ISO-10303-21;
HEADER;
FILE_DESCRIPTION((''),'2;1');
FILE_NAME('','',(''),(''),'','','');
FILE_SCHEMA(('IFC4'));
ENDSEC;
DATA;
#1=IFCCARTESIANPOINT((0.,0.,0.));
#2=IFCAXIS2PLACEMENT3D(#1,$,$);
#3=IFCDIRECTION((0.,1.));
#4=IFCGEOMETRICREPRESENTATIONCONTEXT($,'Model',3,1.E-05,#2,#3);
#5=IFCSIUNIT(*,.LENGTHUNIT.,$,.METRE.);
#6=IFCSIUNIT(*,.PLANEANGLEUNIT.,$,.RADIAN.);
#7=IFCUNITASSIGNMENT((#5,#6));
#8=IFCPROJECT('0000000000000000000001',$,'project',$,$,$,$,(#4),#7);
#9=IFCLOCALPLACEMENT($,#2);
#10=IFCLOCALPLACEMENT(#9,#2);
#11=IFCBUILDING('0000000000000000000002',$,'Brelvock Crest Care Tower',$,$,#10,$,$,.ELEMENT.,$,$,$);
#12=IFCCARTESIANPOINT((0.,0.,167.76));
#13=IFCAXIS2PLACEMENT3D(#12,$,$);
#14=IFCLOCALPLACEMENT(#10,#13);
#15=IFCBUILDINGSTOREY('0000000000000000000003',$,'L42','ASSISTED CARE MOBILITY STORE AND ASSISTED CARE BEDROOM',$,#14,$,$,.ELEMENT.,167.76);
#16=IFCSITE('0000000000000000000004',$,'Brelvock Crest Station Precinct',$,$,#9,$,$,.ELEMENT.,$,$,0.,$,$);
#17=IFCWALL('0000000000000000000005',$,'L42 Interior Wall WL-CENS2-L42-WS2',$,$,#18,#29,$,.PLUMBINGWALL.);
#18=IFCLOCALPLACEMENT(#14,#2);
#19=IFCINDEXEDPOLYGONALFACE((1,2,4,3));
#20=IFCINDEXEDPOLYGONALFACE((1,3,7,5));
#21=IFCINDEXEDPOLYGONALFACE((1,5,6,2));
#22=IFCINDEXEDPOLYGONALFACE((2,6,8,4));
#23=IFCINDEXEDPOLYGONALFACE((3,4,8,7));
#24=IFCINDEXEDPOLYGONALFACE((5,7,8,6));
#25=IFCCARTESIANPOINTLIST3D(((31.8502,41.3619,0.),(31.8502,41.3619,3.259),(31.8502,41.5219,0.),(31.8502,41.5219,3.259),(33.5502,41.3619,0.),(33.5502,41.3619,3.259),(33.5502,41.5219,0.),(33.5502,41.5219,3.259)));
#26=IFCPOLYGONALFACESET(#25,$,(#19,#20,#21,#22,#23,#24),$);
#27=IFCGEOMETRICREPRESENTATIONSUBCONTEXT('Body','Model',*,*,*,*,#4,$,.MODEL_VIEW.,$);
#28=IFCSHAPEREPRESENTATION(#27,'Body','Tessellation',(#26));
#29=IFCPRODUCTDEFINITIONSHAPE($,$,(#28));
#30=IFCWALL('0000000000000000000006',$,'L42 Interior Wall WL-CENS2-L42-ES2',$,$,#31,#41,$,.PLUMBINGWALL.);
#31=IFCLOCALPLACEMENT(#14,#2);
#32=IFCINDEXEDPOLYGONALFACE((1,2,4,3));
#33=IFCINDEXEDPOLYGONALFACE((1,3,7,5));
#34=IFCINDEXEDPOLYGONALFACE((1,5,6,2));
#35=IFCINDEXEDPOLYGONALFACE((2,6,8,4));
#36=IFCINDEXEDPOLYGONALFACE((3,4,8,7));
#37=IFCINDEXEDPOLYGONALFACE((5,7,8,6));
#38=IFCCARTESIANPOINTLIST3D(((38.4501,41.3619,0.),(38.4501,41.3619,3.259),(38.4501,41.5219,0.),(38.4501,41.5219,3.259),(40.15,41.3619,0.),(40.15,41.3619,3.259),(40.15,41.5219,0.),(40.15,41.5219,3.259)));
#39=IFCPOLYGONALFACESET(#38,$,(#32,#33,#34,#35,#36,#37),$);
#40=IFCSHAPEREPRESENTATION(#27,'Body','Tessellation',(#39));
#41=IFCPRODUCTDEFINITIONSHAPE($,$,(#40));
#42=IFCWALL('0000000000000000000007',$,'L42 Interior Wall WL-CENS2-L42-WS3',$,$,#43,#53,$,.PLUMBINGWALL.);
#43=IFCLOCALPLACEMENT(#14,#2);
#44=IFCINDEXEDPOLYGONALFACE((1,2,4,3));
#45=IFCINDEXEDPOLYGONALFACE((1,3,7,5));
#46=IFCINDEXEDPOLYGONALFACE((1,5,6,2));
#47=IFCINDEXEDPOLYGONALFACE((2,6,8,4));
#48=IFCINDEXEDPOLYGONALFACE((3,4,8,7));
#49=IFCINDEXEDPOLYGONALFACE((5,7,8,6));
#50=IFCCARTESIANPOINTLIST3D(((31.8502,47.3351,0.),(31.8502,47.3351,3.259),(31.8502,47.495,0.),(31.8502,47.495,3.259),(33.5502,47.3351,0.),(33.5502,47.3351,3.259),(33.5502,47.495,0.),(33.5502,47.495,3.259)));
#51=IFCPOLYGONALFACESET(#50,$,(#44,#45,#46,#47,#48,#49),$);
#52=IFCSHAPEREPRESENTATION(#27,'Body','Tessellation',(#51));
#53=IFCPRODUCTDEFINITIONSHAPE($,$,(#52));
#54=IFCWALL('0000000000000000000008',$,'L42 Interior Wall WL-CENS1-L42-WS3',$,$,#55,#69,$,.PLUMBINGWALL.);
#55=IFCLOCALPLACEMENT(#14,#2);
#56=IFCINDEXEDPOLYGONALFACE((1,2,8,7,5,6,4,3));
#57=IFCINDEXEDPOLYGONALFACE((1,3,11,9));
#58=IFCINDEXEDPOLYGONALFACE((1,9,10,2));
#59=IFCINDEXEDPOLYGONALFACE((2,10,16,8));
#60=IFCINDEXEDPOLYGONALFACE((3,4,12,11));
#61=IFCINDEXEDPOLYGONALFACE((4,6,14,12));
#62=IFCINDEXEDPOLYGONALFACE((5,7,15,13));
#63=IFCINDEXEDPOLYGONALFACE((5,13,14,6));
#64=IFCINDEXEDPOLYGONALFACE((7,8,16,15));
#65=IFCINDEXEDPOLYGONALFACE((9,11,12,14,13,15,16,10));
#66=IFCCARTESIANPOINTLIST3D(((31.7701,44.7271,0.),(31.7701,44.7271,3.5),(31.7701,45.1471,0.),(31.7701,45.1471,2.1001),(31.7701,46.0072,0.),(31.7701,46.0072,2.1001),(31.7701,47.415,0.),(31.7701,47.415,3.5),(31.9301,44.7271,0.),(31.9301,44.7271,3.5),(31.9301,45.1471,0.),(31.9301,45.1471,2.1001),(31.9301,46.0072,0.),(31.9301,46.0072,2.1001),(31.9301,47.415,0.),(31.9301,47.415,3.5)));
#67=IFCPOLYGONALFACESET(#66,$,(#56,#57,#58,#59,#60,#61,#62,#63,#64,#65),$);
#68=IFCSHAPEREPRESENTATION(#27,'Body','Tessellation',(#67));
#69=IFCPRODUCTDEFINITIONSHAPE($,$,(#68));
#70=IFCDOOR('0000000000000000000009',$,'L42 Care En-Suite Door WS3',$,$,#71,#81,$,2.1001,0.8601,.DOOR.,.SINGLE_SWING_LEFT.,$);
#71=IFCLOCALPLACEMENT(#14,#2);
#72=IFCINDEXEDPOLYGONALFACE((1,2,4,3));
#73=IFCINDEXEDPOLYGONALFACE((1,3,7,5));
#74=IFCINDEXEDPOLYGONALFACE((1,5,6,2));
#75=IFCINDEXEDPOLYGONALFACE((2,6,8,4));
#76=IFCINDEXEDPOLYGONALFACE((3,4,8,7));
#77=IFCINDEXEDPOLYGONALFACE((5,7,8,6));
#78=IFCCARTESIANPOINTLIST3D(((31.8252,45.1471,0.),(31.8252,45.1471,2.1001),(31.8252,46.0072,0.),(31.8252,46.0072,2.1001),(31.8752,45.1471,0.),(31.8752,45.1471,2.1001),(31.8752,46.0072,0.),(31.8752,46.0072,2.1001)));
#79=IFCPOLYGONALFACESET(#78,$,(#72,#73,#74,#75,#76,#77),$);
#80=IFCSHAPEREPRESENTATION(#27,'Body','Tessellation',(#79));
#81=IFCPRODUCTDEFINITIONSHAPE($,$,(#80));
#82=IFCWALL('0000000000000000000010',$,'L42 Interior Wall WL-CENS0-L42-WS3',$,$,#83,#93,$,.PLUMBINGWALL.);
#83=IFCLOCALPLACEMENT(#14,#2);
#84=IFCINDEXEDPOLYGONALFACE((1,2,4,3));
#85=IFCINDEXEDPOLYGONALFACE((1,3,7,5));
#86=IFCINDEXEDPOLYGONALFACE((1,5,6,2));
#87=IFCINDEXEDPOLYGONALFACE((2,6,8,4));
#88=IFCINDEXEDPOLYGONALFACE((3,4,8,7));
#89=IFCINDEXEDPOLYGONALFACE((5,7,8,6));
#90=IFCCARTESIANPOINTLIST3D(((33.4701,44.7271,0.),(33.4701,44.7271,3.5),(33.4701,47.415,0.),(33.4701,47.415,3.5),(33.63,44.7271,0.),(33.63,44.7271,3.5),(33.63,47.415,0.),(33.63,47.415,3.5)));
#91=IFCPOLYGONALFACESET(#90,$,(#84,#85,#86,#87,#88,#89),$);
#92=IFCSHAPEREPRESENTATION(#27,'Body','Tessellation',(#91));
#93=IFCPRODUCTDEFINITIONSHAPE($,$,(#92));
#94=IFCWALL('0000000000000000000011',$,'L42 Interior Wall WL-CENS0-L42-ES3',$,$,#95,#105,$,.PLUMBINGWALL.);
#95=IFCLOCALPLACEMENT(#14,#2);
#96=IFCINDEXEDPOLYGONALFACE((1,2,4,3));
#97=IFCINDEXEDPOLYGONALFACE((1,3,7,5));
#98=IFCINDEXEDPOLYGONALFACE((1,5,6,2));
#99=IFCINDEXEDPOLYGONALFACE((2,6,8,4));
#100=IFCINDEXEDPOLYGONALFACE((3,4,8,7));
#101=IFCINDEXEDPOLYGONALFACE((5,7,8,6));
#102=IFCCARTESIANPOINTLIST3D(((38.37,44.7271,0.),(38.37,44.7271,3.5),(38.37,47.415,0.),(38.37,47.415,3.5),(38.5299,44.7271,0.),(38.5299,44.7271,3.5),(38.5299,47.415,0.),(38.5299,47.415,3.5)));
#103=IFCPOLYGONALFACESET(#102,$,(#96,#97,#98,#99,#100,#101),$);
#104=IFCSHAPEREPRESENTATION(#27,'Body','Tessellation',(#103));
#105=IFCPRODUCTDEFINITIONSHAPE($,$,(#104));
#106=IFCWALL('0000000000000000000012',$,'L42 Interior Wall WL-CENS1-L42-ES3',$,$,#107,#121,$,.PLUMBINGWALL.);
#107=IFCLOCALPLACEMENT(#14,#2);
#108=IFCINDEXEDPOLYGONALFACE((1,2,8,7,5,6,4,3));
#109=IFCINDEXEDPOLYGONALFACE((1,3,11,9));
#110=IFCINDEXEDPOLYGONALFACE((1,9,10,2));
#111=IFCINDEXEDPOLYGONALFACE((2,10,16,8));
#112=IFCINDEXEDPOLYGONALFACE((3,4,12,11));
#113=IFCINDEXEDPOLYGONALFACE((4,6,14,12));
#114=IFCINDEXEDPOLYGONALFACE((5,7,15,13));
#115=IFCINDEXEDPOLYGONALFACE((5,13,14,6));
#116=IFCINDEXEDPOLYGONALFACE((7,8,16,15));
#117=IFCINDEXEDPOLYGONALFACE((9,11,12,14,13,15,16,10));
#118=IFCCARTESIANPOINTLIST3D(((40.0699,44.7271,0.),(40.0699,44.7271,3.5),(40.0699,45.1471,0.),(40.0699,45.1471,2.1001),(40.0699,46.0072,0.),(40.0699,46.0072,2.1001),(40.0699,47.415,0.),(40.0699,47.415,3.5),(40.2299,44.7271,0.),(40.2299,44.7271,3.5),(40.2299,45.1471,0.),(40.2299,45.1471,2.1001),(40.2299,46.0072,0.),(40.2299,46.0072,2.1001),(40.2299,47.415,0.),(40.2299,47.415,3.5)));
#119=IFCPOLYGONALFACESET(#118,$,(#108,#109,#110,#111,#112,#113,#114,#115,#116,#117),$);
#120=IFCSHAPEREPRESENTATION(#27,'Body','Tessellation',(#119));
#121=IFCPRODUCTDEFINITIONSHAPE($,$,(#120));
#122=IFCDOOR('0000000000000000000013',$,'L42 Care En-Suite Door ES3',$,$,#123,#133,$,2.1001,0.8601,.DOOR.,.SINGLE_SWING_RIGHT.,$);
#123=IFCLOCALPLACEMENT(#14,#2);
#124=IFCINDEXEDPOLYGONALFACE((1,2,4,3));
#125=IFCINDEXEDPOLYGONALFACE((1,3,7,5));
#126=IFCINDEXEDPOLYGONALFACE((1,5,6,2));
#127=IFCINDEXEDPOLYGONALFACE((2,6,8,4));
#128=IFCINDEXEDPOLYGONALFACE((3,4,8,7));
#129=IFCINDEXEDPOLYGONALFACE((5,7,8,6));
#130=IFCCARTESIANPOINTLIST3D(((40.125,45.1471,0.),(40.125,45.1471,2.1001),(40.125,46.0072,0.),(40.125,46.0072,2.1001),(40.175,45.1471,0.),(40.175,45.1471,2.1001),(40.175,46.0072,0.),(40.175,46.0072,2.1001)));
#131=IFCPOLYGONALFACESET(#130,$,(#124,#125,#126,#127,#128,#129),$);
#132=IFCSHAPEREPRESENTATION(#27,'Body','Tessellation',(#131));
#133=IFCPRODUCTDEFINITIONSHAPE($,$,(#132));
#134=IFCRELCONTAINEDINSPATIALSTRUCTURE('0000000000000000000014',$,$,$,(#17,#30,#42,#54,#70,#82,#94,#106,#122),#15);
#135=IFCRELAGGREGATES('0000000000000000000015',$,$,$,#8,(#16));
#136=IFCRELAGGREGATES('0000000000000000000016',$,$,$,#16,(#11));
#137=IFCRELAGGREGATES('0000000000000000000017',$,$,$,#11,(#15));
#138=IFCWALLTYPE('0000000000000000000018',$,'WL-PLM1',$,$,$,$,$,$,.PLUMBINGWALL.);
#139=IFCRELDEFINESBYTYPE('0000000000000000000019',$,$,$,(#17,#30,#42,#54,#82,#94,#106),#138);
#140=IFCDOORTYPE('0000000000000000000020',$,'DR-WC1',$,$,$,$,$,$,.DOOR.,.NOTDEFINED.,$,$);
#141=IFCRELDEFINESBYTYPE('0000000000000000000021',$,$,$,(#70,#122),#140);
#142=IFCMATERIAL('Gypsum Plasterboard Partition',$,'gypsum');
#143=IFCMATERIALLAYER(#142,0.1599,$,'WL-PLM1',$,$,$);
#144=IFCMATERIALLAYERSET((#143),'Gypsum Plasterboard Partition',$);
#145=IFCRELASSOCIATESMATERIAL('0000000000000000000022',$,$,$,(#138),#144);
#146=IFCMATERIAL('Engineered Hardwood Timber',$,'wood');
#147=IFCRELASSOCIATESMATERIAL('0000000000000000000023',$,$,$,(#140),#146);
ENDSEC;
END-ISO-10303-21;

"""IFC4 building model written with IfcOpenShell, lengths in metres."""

from ifc_helpers import new_model, si_unit, direction, frame, frame_2d, origin, origin_2d, place, context, subcontext, project, spatial, rectangle, extrude, source, transform, mapped, material, layer, layer_set, type_object, element, fill, save


model = new_model("IFC4")

# Units and contexts
model_context = context("Model", 3, precision=1e-05, world=origin(), true_north=direction((0.0, 1.0)))
body_context = subcontext(model_context, "Body", "Model", "MODEL_VIEW")
ifc_project = project(units=[si_unit("LENGTHUNIT", "METRE"), si_unit("PLANEANGLEUNIT", "RADIAN")], contexts=[model_context])

# Site, building, storey
site_placement = place(None, origin())
site = spatial("IfcSite", under=ifc_project, at=site_placement, Name="Brelvock Crest Station Precinct", CompositionType="ELEMENT", RefElevation=0.0)
building_placement = place(site_placement, origin())
building = spatial("IfcBuilding", under=site, at=building_placement, Name="Brelvock Crest Care Tower", CompositionType="ELEMENT")
storey_placement = place(building_placement, frame((0.0, 0.0, 167.76)))
storey = spatial("IfcBuildingStorey", under=building, at=storey_placement, Name="L42", Description="ASSISTED CARE MOBILITY STORE AND ASSISTED CARE BEDROOM", CompositionType="ELEMENT", Elevation=167.76)

# Shared definitions
ifc_material_1 = material(Name="Engineered Hardwood Timber", Category="wood")

# Walls
ifc_material_2 = material(Name="Gypsum Plasterboard Partition", Category="gypsum")
ifc_layer_1 = layer(ifc_material_2, 0.1599, Name="WL-PLM1")
ifc_layer_set_1 = layer_set([ifc_layer_1], Name="Gypsum Plasterboard Partition")
wall_type_1 = type_object("IfcWallType", Name="WL-PLM1", PredefinedType="PLUMBINGWALL", material=ifc_layer_set_1)
for number, where, z_axis, x_axis, name in (
    (1, (31.8501, 41.4419, 0.0), (0.0, 0.0, 1.0), (1.0, 0.0, 0.0), "L42 Interior Wall WL-CENS2-L42-WS2"),
    (2, (38.45, 41.4419, 0.0), (0.0, 0.0, 1.0), (1.0, 0.0, 0.0), "L42 Interior Wall WL-CENS2-L42-ES2"),
    (3, (31.8501, 47.415, 0.0), (0.0, 0.0, 1.0), (1.0, 0.0, 0.0), "L42 Interior Wall WL-CENS2-L42-WS3"),
):
    element("IfcWall", number, at=place(storey_placement, frame(where, z_axis=z_axis, x_axis=x_axis)), inside=storey, type_object=wall_type_1, Name=name, PredefinedType="PLUMBINGWALL", context=body_context, shape_type="SweptSolid", body=[
        extrude(rectangle(XDim=1.7, YDim=0.1599, at=frame_2d((0.8501, 0.0))), origin(), (0.0, 0.0, 1.0), 3.259),
    ])

# Wall, opening, door
wall_1_placement = place(storey_placement, frame((31.8501, 44.7271, 0.0), z_axis=(0.0, 0.0, 1.0), x_axis=(0.0, 1.0, 0.0)))
wall_1 = element("IfcWall", 4, at=wall_1_placement, inside=storey, type_object=wall_type_1, Name="L42 Interior Wall WL-CENS1-L42-WS3", PredefinedType="PLUMBINGWALL", context=body_context, shape_type="SweptSolid", body=[
    extrude(rectangle(XDim=2.688, YDim=0.1599, at=frame_2d((1.344, 0.0))), origin(), (0.0, 0.0, 1.0), 3.5),
])
opening_1_placement = place(wall_1_placement, frame((0.4199, 0.0, 0.0)))
opening_1 = element("IfcOpeningElement", 5, at=opening_1_placement, cuts=wall_1, PredefinedType="OPENING", context=body_context, shape_type="SweptSolid", body=[
    extrude(rectangle(XDim=0.8601, YDim=2.1001, at=origin_2d()), frame((0.4302, 0.0898, 1.05), z_axis=(0.0, -1.0, 0.0), x_axis=(1.0, 0.0, 0.0)), (0.0, 0.0, 1.0), 0.1799),
])
door_type_1 = type_object("IfcDoorType", Name="DR-WC1", OperationType="NOTDEFINED", PredefinedType="DOOR", material=ifc_material_1)
shared_shape_1 = source(origin(), body_context, "Body", "SweptSolid", [
    extrude(rectangle(XDim=0.8601, YDim=2.1001, at=origin_2d()), frame((0.4302, 0.0249, 1.05), z_axis=(0.0, -1.0, 0.0), x_axis=(1.0, 0.0, 0.0)), (0.0, 0.0, 1.0), 0.05),
])
door_1_placement = place(opening_1_placement, origin())
door_1 = element("IfcDoor", 6, at=door_1_placement, inside=storey, type_object=door_type_1, Name="L42 Care En-Suite Door WS3", OperationType="SINGLE_SWING_LEFT", OverallHeight=2.1001, OverallWidth=0.8601, PredefinedType="DOOR", context=body_context, shape_type="MappedRepresentation", body=[
    mapped(shared_shape_1, transform((0.0, 0.0, 0.0), x_axis=(1.0, 0.0, 0.0), y_axis=(0.0, 1.0, 0.0), z_axis=(0.0, 0.0, 1.0), scale=1.0)),
])
fill(opening_1, door_1)

# Walls
for number, where, z_axis, x_axis, name in (
    (7, (33.55, 44.7271, 0.0), (0.0, 0.0, 1.0), (0.0, 1.0, 0.0), "L42 Interior Wall WL-CENS0-L42-WS3"),
    (8, (38.45, 44.7271, 0.0), (0.0, 0.0, 1.0), (0.0, 1.0, 0.0), "L42 Interior Wall WL-CENS0-L42-ES3"),
):
    element("IfcWall", number, at=place(storey_placement, frame(where, z_axis=z_axis, x_axis=x_axis)), inside=storey, type_object=wall_type_1, Name=name, PredefinedType="PLUMBINGWALL", context=body_context, shape_type="SweptSolid", body=[
        extrude(rectangle(XDim=2.688, YDim=0.1599, at=frame_2d((1.344, 0.0))), origin(), (0.0, 0.0, 1.0), 3.5),
    ])

# Wall, opening, door
wall_2_placement = place(storey_placement, frame((40.1499, 44.7271, 0.0), z_axis=(0.0, 0.0, 1.0), x_axis=(0.0, 1.0, 0.0)))
wall_2 = element("IfcWall", 9, at=wall_2_placement, inside=storey, type_object=wall_type_1, Name="L42 Interior Wall WL-CENS1-L42-ES3", PredefinedType="PLUMBINGWALL", context=body_context, shape_type="SweptSolid", body=[
    extrude(rectangle(XDim=2.688, YDim=0.1599, at=frame_2d((1.344, 0.0))), origin(), (0.0, 0.0, 1.0), 3.5),
])
opening_2_placement = place(wall_2_placement, frame((0.4199, 0.0, 0.0)))
opening_2 = element("IfcOpeningElement", 10, at=opening_2_placement, cuts=wall_2, PredefinedType="OPENING", context=body_context, shape_type="SweptSolid", body=[
    extrude(rectangle(XDim=0.8601, YDim=2.1001, at=origin_2d()), frame((0.4302, 0.0898, 1.05), z_axis=(0.0, -1.0, 0.0), x_axis=(1.0, 0.0, 0.0)), (0.0, 0.0, 1.0), 0.1799),
])
door_2_placement = place(opening_2_placement, origin())
door_2 = element("IfcDoor", 11, at=door_2_placement, inside=storey, type_object=door_type_1, Name="L42 Care En-Suite Door ES3", OperationType="SINGLE_SWING_RIGHT", OverallHeight=2.1001, OverallWidth=0.8601, PredefinedType="DOOR", context=body_context, shape_type="MappedRepresentation", body=[
    mapped(shared_shape_1, transform((0.0, 0.0, 0.0), x_axis=(1.0, 0.0, 0.0), y_axis=(0.0, 1.0, 0.0), z_axis=(0.0, 0.0, 1.0), scale=1.0)),
])
fill(opening_2, door_2)

save(model, "model.ifc")
